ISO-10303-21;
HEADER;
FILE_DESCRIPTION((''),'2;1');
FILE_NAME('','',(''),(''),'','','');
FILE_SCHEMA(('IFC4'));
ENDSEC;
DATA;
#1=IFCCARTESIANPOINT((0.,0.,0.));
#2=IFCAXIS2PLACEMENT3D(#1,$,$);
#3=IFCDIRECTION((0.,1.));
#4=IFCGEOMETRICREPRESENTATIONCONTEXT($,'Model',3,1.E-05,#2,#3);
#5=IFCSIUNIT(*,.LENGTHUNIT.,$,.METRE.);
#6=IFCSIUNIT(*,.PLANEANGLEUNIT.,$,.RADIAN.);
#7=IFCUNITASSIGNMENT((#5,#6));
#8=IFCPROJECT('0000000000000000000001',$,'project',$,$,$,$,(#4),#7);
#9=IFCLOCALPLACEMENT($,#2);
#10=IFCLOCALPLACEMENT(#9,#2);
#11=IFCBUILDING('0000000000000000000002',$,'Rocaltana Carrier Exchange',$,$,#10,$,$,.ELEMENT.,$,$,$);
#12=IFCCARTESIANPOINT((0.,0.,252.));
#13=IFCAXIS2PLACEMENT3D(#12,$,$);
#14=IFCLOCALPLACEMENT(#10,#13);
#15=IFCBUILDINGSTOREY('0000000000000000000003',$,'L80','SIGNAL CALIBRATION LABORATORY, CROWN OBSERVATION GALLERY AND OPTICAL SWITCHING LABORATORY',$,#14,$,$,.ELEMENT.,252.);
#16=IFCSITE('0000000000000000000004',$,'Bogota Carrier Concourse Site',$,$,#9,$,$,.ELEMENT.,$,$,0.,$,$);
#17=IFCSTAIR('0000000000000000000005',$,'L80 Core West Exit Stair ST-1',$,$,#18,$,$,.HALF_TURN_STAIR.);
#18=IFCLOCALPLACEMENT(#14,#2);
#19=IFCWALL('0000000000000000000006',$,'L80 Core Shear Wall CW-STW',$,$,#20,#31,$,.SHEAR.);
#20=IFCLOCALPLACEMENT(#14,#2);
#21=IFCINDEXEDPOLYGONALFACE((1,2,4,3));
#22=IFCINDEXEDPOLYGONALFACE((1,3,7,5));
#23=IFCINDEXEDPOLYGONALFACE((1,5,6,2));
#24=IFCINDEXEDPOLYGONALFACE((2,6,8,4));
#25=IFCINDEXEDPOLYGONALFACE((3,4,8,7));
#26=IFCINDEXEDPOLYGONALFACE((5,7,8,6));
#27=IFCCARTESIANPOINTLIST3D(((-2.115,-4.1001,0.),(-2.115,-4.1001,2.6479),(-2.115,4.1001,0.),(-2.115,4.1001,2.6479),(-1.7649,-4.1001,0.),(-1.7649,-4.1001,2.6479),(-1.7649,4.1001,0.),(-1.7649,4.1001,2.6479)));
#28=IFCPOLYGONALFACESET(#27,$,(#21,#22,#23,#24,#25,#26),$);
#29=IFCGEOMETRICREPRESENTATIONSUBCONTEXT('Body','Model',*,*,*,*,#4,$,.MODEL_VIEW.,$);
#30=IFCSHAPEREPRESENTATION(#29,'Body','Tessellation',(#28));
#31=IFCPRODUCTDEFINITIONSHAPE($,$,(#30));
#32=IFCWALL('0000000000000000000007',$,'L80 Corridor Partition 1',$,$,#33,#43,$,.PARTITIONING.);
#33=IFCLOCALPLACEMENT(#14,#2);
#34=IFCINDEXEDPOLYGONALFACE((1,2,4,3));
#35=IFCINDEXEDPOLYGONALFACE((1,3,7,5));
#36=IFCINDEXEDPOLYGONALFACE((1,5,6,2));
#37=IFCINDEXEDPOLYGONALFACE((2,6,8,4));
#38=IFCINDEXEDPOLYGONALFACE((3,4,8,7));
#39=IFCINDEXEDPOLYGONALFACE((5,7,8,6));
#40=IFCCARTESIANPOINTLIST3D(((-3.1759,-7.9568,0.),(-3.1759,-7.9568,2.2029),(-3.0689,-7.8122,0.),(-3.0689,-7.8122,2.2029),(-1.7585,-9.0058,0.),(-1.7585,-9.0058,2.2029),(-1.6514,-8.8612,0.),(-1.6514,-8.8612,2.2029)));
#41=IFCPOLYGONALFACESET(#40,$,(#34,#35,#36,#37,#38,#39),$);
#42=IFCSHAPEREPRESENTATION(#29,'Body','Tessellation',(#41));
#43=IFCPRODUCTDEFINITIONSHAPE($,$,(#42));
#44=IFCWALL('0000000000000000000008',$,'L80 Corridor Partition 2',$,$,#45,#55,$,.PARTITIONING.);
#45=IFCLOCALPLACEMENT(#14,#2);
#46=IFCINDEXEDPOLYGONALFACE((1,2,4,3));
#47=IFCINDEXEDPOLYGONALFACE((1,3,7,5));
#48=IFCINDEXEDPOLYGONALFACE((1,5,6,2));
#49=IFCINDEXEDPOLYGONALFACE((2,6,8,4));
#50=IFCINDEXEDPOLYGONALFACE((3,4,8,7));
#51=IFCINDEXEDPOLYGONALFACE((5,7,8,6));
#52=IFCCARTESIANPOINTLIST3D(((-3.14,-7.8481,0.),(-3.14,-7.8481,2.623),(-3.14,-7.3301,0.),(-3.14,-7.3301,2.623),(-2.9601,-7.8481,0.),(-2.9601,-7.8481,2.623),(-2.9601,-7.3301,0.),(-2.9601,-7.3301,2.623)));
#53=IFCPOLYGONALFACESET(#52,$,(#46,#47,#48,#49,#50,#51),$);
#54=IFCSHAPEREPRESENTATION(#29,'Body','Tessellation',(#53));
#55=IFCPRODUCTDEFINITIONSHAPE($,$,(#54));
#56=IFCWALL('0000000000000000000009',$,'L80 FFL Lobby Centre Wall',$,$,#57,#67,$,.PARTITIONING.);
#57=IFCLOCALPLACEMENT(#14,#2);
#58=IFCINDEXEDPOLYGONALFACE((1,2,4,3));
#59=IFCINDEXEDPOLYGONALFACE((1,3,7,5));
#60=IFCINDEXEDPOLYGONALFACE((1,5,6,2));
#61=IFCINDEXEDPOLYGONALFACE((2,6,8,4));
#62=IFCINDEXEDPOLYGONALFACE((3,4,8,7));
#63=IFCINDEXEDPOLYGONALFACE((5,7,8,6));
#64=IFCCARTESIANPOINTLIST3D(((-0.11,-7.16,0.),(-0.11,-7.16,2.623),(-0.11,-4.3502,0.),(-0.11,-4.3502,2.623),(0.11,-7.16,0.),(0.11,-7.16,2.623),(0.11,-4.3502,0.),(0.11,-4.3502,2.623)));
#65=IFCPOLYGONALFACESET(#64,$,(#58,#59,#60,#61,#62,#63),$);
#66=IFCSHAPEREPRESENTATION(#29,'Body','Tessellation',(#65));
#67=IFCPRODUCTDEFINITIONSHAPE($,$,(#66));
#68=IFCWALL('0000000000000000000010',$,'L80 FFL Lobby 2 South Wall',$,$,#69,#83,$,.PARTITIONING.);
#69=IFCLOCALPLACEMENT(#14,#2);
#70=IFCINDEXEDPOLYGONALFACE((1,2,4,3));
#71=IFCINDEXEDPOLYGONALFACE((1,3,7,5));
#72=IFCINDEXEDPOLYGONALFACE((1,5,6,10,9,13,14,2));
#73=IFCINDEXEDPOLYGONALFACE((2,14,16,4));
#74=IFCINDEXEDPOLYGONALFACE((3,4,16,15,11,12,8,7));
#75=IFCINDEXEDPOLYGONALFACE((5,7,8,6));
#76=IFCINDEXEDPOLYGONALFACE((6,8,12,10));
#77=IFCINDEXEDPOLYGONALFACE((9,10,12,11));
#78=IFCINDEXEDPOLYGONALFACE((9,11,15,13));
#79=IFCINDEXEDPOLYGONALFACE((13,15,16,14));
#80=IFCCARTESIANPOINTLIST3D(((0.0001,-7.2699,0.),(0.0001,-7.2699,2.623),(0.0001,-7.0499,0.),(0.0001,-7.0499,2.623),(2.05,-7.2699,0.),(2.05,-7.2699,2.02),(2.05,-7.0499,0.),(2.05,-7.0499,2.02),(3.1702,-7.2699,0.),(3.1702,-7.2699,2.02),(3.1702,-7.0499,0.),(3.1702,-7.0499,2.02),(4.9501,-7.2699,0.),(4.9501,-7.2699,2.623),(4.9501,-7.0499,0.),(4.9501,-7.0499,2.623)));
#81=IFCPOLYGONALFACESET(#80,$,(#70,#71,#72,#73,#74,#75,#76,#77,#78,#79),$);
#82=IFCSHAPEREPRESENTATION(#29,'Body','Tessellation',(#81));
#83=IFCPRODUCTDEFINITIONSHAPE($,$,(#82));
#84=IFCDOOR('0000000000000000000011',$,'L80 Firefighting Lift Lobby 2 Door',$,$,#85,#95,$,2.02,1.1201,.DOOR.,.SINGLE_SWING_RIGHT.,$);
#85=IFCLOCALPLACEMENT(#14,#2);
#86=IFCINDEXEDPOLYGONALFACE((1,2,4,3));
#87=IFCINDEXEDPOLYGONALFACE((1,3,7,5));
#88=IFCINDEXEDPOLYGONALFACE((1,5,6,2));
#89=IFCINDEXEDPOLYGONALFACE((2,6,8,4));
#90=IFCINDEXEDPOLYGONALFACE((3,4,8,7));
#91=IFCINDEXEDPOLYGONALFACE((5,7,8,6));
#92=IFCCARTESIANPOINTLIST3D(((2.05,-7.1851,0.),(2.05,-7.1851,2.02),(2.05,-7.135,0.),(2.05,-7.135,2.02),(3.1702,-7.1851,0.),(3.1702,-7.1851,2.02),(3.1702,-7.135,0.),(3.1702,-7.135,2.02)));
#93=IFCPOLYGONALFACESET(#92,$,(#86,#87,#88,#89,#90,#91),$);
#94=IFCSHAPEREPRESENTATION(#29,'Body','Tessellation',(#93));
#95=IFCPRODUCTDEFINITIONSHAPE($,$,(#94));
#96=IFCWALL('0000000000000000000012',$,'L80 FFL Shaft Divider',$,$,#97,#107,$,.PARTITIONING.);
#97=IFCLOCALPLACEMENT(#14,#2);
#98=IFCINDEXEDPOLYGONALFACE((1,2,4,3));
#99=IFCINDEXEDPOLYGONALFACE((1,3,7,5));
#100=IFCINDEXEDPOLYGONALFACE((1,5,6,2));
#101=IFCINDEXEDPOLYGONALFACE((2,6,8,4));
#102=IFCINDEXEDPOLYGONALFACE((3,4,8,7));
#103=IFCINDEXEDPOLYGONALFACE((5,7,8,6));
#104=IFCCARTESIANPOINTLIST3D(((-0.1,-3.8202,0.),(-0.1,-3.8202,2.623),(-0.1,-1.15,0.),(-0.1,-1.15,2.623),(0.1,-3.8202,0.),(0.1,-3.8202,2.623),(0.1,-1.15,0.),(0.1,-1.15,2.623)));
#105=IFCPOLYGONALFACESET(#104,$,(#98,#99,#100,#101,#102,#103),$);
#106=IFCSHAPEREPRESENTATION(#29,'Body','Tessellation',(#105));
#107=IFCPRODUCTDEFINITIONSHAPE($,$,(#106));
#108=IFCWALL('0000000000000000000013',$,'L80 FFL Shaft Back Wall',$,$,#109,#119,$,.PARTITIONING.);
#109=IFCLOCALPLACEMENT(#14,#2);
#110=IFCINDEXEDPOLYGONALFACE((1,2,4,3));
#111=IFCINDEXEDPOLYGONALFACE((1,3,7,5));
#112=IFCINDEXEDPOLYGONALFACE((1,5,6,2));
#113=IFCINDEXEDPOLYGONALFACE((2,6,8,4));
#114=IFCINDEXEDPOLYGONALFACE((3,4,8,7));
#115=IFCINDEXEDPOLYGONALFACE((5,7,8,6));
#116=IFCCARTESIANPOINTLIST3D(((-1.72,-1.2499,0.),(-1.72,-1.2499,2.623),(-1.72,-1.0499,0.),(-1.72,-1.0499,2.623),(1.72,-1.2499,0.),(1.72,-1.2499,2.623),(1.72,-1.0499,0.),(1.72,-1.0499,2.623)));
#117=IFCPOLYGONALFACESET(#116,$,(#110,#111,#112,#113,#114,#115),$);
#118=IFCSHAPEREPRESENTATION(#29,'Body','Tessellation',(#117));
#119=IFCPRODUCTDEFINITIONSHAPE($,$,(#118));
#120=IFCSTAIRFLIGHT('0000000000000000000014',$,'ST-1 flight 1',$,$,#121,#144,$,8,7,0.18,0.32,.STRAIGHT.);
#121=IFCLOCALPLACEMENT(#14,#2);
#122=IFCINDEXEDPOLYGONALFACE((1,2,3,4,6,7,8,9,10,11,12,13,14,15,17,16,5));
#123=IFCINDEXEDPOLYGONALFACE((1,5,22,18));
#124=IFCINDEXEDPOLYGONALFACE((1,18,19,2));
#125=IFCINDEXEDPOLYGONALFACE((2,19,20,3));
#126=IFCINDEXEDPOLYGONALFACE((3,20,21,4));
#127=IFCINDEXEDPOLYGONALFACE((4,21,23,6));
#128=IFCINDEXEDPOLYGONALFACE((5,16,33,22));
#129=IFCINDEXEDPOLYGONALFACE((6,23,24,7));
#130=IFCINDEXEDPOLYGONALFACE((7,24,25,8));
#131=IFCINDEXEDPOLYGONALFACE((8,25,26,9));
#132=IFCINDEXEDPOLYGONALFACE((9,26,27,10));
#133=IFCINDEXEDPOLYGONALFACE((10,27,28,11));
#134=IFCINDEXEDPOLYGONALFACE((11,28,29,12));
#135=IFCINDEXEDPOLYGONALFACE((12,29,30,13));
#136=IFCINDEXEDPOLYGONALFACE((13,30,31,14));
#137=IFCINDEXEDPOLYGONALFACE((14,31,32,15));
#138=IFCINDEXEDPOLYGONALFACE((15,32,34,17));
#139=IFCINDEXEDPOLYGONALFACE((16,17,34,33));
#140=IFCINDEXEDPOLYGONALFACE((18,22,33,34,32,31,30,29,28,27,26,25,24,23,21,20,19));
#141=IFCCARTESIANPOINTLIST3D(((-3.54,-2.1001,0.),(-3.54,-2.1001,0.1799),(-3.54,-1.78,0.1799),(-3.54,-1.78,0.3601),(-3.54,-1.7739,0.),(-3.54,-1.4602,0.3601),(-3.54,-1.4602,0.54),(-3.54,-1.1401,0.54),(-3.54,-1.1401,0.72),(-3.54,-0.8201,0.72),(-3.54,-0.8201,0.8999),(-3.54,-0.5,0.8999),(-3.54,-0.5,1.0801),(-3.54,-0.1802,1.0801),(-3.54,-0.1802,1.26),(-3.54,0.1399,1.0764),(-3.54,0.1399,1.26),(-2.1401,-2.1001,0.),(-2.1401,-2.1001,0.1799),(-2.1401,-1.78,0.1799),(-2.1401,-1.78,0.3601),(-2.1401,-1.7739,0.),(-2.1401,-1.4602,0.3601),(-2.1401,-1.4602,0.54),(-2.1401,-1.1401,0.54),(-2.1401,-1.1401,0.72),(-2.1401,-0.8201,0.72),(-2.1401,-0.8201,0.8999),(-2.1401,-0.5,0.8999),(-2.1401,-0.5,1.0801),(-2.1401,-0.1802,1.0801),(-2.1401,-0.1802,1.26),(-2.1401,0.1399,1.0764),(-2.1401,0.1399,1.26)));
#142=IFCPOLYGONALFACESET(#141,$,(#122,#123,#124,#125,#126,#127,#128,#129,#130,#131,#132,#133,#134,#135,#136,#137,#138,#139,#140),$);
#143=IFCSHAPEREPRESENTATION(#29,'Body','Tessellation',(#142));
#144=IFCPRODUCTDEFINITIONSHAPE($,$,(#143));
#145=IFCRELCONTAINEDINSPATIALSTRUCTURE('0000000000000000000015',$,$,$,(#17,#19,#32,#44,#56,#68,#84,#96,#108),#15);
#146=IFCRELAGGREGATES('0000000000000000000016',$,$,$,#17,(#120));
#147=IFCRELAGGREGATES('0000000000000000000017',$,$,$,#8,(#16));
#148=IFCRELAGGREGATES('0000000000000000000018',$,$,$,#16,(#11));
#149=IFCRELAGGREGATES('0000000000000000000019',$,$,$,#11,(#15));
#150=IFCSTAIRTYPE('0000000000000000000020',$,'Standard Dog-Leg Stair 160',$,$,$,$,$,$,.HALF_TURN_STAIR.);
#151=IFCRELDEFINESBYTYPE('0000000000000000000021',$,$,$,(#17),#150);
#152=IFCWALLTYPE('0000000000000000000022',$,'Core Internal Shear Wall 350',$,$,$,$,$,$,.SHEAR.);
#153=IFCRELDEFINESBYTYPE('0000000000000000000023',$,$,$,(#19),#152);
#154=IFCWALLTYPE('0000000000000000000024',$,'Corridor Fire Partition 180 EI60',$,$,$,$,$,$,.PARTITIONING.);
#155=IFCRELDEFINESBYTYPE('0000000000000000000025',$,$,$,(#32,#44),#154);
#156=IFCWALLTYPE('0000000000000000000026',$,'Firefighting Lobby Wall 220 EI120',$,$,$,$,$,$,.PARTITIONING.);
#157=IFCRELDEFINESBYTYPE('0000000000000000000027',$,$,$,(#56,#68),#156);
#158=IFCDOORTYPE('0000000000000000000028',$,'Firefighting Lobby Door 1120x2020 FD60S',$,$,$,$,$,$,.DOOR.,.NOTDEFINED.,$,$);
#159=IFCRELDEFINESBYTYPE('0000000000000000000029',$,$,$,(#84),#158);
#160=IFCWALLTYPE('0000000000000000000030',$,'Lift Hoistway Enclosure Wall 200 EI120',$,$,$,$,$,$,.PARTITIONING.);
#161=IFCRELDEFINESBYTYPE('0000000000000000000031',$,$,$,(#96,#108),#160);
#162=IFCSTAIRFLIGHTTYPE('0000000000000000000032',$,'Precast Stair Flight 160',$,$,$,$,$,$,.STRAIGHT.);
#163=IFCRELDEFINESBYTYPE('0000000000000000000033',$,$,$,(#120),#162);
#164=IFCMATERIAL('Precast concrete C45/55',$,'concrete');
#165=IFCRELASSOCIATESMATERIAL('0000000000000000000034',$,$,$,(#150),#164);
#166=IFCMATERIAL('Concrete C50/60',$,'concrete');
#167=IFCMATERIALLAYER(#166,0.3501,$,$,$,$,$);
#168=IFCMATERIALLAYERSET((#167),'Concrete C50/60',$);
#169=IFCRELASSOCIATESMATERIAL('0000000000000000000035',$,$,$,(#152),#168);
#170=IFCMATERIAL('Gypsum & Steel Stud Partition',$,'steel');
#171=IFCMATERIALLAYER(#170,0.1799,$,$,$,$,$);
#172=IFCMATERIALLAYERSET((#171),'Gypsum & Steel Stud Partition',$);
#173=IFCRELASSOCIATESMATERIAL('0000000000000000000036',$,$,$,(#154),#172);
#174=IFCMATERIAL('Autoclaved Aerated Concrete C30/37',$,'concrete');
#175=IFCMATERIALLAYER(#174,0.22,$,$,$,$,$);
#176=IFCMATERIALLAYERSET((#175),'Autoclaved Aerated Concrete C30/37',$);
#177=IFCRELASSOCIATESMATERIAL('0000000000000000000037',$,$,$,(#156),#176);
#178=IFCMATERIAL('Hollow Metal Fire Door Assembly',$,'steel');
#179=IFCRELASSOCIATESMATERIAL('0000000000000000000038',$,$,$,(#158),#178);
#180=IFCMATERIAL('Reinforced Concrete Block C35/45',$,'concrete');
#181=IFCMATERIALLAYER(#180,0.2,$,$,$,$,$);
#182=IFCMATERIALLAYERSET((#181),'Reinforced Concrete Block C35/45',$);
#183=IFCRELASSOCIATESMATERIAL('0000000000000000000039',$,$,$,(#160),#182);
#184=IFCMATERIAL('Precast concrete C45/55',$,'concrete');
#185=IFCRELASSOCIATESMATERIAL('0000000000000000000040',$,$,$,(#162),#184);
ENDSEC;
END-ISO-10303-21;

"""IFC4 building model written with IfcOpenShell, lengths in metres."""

from ifc_helpers import new_model, si_unit, direction, frame, frame_2d, origin, place, context, subcontext, project, spatial, polyline, rectangle, outline, extrude, material, layer, layer_set, type_object, element, fill, aggregate, save


model = new_model("IFC4")

# Units and contexts
model_context = context("Model", 3, precision=1e-05, world=origin(), true_north=direction((0.0, 1.0)))
body_context = subcontext(model_context, "Body", "Model", "MODEL_VIEW")
ifc_project = project(units=[si_unit("LENGTHUNIT", "METRE"), si_unit("PLANEANGLEUNIT", "RADIAN")], contexts=[model_context])

# Site, building, storey
site_placement = place(None, origin())
site = spatial("IfcSite", under=ifc_project, at=site_placement, Name="Bogota Carrier Concourse Site", CompositionType="ELEMENT", RefElevation=0.0)
building_placement = place(site_placement, origin())
building = spatial("IfcBuilding", under=site, at=building_placement, Name="Rocaltana Carrier Exchange", CompositionType="ELEMENT")
storey_placement = place(building_placement, frame((0.0, 0.0, 252.0)))
storey = spatial("IfcBuildingStorey", under=building, at=storey_placement, Name="L80", Description="SIGNAL CALIBRATION LABORATORY, CROWN OBSERVATION GALLERY AND OPTICAL SWITCHING LABORATORY", CompositionType="ELEMENT", Elevation=252.0)

# Stair
ifc_material_1 = material(Name="Precast concrete C45/55", Category="concrete")
stair_type = type_object("IfcStairType", Name="Standard Dog-Leg Stair 160", PredefinedType="HALF_TURN_STAIR", material=ifc_material_1)
stair_1_placement = place(storey_placement, origin())
stair_1 = element("IfcStair", 1, at=stair_1_placement, inside=storey, type_object=stair_type, Name="L80 Core West Exit Stair ST-1", PredefinedType="HALF_TURN_STAIR")

# Walls
ifc_material_2 = material(Name="Concrete C50/60", Category="concrete")
ifc_layer_1 = layer(ifc_material_2, 0.3501)
ifc_layer_set_1 = layer_set([ifc_layer_1], Name="Concrete C50/60")
wall_type_1 = type_object("IfcWallType", Name="Core Internal Shear Wall 350", PredefinedType="SHEAR", material=ifc_layer_set_1)
wall_1_placement = place(storey_placement, frame((-1.9399, -4.1001, 0.0), z_axis=(0.0, 0.0, 1.0), x_axis=(0.0, 1.0, 0.0)))
element("IfcWall", 2, at=wall_1_placement, inside=storey, type_object=wall_type_1, Name="L80 Core Shear Wall CW-STW", PredefinedType="SHEAR", context=body_context, shape_type="SweptSolid", body=[
    extrude(rectangle(XDim=8.2002, YDim=0.3501, at=frame_2d((4.1001, 0.0))), origin(), (0.0, 0.0, 1.0), 2.6479),
])
ifc_material_3 = material(Name="Gypsum & Steel Stud Partition", Category="steel")
ifc_layer_2 = layer(ifc_material_3, 0.1799)
ifc_layer_set_2 = layer_set([ifc_layer_2], Name="Gypsum & Steel Stud Partition")
wall_type_2 = type_object("IfcWallType", Name="Corridor Fire Partition 180 EI60", PredefinedType="PARTITIONING", material=ifc_layer_set_2)
wall_2_placement = place(storey_placement, frame((-1.7048, -8.9336, 0.0), z_axis=(0.0, 0.0, 1.0), x_axis=(-0.803805, 0.594893, 0.0)))
element("IfcWall", 3, at=wall_2_placement, inside=storey, type_object=wall_type_2, Name="L80 Corridor Partition 1", PredefinedType="PARTITIONING", context=body_context, shape_type="SweptSolid", body=[
    extrude(rectangle(XDim=1.7634, YDim=0.1799, at=frame_2d((0.8818, 0.0))), origin(), (0.0, 0.0, 1.0), 2.2029),
])
wall_3_placement = place(storey_placement, frame((-3.05, -7.8481, 0.0), z_axis=(0.0, 0.0, 1.0), x_axis=(0.0, 1.0, 0.0)))
element("IfcWall", 4, at=wall_3_placement, inside=storey, type_object=wall_type_2, Name="L80 Corridor Partition 2", PredefinedType="PARTITIONING", context=body_context, shape_type="SweptSolid", body=[
    extrude(rectangle(XDim=0.5181, YDim=0.1799, at=frame_2d((0.259, 0.0))), origin(), (0.0, 0.0, 1.0), 2.623),
])
ifc_material_4 = material(Name="Autoclaved Aerated Concrete C30/37", Category="concrete")
ifc_layer_3 = layer(ifc_material_4, 0.22)
ifc_layer_set_3 = layer_set([ifc_layer_3], Name="Autoclaved Aerated Concrete C30/37")
wall_type_3 = type_object("IfcWallType", Name="Firefighting Lobby Wall 220 EI120", PredefinedType="PARTITIONING", material=ifc_layer_set_3)
wall_4_placement = place(storey_placement, frame((0.0, -7.1599, 0.0), z_axis=(0.0, 0.0, 1.0), x_axis=(0.0, 1.0, 0.0)))
element("IfcWall", 5, at=wall_4_placement, inside=storey, type_object=wall_type_3, Name="L80 FFL Lobby Centre Wall", PredefinedType="PARTITIONING", context=body_context, shape_type="SweptSolid", body=[
    extrude(rectangle(XDim=2.8098, YDim=0.22, at=frame_2d((1.4048, 0.0))), origin(), (0.0, 0.0, 1.0), 2.623),
])

# Wall, opening, door
wall_5_placement = place(storey_placement, frame((0.0, -7.1599, 0.0), z_axis=(0.0, 0.0, 1.0), x_axis=(1.0, 0.0, 0.0)))
wall_5 = element("IfcWall", 6, at=wall_5_placement, inside=storey, type_object=wall_type_3, Name="L80 FFL Lobby 2 South Wall", PredefinedType="PARTITIONING", context=body_context, shape_type="SweptSolid", body=[
    extrude(rectangle(XDim=4.95, YDim=0.22, at=frame_2d((2.4751, 0.0))), origin(), (0.0, 0.0, 1.0), 2.623),
])
opening_placement = place(wall_5_placement, frame((2.05, 0.0, 0.0)))
opening = element("IfcOpeningElement", 7, at=opening_placement, cuts=wall_5, PredefinedType="OPENING", context=body_context, shape_type="SweptSolid", body=[
    extrude(rectangle(XDim=1.1201, YDim=2.02, at=frame_2d((0.5601, 1.01))), frame((0.0, 0.1199, 0.0), z_axis=(0.0, -1.0, 0.0), x_axis=(1.0, 0.0, 0.0)), (0.0, 0.0, 1.0), 0.24),
])
ifc_material_5 = material(Name="Hollow Metal Fire Door Assembly", Category="steel")
door_type = type_object("IfcDoorType", Name="Firefighting Lobby Door 1120x2020 FD60S", OperationType="NOTDEFINED", PredefinedType="DOOR", material=ifc_material_5)
door_placement = place(opening_placement, origin())
door = element("IfcDoor", 8, at=door_placement, inside=storey, type_object=door_type, Name="L80 Firefighting Lift Lobby 2 Door", OperationType="SINGLE_SWING_RIGHT", OverallHeight=2.02, OverallWidth=1.1201, PredefinedType="DOOR", context=body_context, shape_type="SweptSolid", body=[
    extrude(rectangle(XDim=1.1201, YDim=2.02, at=frame_2d((0.5601, 1.01))), frame((0.0, 0.0249, 0.0), z_axis=(0.0, -1.0, 0.0), x_axis=(1.0, 0.0, 0.0)), (0.0, 0.0, 1.0), 0.05),
])
fill(opening, door)

# Walls
ifc_material_6 = material(Name="Reinforced Concrete Block C35/45", Category="concrete")
ifc_layer_4 = layer(ifc_material_6, 0.2)
ifc_layer_set_4 = layer_set([ifc_layer_4], Name="Reinforced Concrete Block C35/45")
wall_type_4 = type_object("IfcWallType", Name="Lift Hoistway Enclosure Wall 200 EI120", PredefinedType="PARTITIONING", material=ifc_layer_set_4)
wall_6_placement = place(storey_placement, frame((0.0, -3.8201, 0.0), z_axis=(0.0, 0.0, 1.0), x_axis=(0.0, 1.0, 0.0)))
element("IfcWall", 9, at=wall_6_placement, inside=storey, type_object=wall_type_4, Name="L80 FFL Shaft Divider", PredefinedType="PARTITIONING", context=body_context, shape_type="SweptSolid", body=[
    extrude(rectangle(XDim=2.6702, YDim=0.2, at=frame_2d((1.335, 0.0))), origin(), (0.0, 0.0, 1.0), 2.623),
])
wall_7_placement = place(storey_placement, frame((-1.72, -1.1499, 0.0), z_axis=(0.0, 0.0, 1.0), x_axis=(1.0, 0.0, 0.0)))
element("IfcWall", 10, at=wall_7_placement, inside=storey, type_object=wall_type_4, Name="L80 FFL Shaft Back Wall", PredefinedType="PARTITIONING", context=body_context, shape_type="SweptSolid", body=[
    extrude(rectangle(XDim=3.4399, YDim=0.2, at=frame_2d((1.72, 0.0))), origin(), (0.0, 0.0, 1.0), 2.623),
])

# Stair flight
ifc_material_7 = material(Name="Precast concrete C45/55", Category="concrete")
stair_flight_type = type_object("IfcStairFlightType", Name="Precast Stair Flight 160", PredefinedType="STRAIGHT", material=ifc_material_7)
stair_flight_placement = place(storey_placement, frame((-2.8401, -2.1001, 0.0), z_axis=(0.0, 0.0, 1.0), x_axis=(0.0, 1.0, 0.0)))
stair_flight = element("IfcStairFlight", 11, at=stair_flight_placement, type_object=stair_flight_type, Name="ST-1 flight 1", NumberOfRisers=8, NumberOfTreads=7, PredefinedType="STRAIGHT", RiserHeight=0.18, TreadLength=0.32, context=body_context, shape_type="SweptSolid", body=[
    extrude(outline(polyline([(0.0, 0.0), (0.0, 0.1799), (0.3201, 0.1799), (0.3201, 0.3601), (0.6399, 0.3601), (0.6399, 0.54), (0.96, 0.54), (0.96, 0.72), (1.28, 0.72), (1.28, 0.8999), (1.6001, 0.8999), (1.6001, 1.0801), (1.9199, 1.0801), (1.9199, 1.26), (2.24, 1.26), (2.24, 1.4399), (2.24, 1.0764), (0.3262, 0.0), (0.0, 0.0)])), frame((0.0, 0.7, 0.0), z_axis=(0.0, -1.0, 0.0), x_axis=(1.0, 0.0, 0.0)), (0.0, 0.0, 1.0), 1.3999),
])
aggregate(stair_1, [stair_flight])

save(model, "model.ifc")
